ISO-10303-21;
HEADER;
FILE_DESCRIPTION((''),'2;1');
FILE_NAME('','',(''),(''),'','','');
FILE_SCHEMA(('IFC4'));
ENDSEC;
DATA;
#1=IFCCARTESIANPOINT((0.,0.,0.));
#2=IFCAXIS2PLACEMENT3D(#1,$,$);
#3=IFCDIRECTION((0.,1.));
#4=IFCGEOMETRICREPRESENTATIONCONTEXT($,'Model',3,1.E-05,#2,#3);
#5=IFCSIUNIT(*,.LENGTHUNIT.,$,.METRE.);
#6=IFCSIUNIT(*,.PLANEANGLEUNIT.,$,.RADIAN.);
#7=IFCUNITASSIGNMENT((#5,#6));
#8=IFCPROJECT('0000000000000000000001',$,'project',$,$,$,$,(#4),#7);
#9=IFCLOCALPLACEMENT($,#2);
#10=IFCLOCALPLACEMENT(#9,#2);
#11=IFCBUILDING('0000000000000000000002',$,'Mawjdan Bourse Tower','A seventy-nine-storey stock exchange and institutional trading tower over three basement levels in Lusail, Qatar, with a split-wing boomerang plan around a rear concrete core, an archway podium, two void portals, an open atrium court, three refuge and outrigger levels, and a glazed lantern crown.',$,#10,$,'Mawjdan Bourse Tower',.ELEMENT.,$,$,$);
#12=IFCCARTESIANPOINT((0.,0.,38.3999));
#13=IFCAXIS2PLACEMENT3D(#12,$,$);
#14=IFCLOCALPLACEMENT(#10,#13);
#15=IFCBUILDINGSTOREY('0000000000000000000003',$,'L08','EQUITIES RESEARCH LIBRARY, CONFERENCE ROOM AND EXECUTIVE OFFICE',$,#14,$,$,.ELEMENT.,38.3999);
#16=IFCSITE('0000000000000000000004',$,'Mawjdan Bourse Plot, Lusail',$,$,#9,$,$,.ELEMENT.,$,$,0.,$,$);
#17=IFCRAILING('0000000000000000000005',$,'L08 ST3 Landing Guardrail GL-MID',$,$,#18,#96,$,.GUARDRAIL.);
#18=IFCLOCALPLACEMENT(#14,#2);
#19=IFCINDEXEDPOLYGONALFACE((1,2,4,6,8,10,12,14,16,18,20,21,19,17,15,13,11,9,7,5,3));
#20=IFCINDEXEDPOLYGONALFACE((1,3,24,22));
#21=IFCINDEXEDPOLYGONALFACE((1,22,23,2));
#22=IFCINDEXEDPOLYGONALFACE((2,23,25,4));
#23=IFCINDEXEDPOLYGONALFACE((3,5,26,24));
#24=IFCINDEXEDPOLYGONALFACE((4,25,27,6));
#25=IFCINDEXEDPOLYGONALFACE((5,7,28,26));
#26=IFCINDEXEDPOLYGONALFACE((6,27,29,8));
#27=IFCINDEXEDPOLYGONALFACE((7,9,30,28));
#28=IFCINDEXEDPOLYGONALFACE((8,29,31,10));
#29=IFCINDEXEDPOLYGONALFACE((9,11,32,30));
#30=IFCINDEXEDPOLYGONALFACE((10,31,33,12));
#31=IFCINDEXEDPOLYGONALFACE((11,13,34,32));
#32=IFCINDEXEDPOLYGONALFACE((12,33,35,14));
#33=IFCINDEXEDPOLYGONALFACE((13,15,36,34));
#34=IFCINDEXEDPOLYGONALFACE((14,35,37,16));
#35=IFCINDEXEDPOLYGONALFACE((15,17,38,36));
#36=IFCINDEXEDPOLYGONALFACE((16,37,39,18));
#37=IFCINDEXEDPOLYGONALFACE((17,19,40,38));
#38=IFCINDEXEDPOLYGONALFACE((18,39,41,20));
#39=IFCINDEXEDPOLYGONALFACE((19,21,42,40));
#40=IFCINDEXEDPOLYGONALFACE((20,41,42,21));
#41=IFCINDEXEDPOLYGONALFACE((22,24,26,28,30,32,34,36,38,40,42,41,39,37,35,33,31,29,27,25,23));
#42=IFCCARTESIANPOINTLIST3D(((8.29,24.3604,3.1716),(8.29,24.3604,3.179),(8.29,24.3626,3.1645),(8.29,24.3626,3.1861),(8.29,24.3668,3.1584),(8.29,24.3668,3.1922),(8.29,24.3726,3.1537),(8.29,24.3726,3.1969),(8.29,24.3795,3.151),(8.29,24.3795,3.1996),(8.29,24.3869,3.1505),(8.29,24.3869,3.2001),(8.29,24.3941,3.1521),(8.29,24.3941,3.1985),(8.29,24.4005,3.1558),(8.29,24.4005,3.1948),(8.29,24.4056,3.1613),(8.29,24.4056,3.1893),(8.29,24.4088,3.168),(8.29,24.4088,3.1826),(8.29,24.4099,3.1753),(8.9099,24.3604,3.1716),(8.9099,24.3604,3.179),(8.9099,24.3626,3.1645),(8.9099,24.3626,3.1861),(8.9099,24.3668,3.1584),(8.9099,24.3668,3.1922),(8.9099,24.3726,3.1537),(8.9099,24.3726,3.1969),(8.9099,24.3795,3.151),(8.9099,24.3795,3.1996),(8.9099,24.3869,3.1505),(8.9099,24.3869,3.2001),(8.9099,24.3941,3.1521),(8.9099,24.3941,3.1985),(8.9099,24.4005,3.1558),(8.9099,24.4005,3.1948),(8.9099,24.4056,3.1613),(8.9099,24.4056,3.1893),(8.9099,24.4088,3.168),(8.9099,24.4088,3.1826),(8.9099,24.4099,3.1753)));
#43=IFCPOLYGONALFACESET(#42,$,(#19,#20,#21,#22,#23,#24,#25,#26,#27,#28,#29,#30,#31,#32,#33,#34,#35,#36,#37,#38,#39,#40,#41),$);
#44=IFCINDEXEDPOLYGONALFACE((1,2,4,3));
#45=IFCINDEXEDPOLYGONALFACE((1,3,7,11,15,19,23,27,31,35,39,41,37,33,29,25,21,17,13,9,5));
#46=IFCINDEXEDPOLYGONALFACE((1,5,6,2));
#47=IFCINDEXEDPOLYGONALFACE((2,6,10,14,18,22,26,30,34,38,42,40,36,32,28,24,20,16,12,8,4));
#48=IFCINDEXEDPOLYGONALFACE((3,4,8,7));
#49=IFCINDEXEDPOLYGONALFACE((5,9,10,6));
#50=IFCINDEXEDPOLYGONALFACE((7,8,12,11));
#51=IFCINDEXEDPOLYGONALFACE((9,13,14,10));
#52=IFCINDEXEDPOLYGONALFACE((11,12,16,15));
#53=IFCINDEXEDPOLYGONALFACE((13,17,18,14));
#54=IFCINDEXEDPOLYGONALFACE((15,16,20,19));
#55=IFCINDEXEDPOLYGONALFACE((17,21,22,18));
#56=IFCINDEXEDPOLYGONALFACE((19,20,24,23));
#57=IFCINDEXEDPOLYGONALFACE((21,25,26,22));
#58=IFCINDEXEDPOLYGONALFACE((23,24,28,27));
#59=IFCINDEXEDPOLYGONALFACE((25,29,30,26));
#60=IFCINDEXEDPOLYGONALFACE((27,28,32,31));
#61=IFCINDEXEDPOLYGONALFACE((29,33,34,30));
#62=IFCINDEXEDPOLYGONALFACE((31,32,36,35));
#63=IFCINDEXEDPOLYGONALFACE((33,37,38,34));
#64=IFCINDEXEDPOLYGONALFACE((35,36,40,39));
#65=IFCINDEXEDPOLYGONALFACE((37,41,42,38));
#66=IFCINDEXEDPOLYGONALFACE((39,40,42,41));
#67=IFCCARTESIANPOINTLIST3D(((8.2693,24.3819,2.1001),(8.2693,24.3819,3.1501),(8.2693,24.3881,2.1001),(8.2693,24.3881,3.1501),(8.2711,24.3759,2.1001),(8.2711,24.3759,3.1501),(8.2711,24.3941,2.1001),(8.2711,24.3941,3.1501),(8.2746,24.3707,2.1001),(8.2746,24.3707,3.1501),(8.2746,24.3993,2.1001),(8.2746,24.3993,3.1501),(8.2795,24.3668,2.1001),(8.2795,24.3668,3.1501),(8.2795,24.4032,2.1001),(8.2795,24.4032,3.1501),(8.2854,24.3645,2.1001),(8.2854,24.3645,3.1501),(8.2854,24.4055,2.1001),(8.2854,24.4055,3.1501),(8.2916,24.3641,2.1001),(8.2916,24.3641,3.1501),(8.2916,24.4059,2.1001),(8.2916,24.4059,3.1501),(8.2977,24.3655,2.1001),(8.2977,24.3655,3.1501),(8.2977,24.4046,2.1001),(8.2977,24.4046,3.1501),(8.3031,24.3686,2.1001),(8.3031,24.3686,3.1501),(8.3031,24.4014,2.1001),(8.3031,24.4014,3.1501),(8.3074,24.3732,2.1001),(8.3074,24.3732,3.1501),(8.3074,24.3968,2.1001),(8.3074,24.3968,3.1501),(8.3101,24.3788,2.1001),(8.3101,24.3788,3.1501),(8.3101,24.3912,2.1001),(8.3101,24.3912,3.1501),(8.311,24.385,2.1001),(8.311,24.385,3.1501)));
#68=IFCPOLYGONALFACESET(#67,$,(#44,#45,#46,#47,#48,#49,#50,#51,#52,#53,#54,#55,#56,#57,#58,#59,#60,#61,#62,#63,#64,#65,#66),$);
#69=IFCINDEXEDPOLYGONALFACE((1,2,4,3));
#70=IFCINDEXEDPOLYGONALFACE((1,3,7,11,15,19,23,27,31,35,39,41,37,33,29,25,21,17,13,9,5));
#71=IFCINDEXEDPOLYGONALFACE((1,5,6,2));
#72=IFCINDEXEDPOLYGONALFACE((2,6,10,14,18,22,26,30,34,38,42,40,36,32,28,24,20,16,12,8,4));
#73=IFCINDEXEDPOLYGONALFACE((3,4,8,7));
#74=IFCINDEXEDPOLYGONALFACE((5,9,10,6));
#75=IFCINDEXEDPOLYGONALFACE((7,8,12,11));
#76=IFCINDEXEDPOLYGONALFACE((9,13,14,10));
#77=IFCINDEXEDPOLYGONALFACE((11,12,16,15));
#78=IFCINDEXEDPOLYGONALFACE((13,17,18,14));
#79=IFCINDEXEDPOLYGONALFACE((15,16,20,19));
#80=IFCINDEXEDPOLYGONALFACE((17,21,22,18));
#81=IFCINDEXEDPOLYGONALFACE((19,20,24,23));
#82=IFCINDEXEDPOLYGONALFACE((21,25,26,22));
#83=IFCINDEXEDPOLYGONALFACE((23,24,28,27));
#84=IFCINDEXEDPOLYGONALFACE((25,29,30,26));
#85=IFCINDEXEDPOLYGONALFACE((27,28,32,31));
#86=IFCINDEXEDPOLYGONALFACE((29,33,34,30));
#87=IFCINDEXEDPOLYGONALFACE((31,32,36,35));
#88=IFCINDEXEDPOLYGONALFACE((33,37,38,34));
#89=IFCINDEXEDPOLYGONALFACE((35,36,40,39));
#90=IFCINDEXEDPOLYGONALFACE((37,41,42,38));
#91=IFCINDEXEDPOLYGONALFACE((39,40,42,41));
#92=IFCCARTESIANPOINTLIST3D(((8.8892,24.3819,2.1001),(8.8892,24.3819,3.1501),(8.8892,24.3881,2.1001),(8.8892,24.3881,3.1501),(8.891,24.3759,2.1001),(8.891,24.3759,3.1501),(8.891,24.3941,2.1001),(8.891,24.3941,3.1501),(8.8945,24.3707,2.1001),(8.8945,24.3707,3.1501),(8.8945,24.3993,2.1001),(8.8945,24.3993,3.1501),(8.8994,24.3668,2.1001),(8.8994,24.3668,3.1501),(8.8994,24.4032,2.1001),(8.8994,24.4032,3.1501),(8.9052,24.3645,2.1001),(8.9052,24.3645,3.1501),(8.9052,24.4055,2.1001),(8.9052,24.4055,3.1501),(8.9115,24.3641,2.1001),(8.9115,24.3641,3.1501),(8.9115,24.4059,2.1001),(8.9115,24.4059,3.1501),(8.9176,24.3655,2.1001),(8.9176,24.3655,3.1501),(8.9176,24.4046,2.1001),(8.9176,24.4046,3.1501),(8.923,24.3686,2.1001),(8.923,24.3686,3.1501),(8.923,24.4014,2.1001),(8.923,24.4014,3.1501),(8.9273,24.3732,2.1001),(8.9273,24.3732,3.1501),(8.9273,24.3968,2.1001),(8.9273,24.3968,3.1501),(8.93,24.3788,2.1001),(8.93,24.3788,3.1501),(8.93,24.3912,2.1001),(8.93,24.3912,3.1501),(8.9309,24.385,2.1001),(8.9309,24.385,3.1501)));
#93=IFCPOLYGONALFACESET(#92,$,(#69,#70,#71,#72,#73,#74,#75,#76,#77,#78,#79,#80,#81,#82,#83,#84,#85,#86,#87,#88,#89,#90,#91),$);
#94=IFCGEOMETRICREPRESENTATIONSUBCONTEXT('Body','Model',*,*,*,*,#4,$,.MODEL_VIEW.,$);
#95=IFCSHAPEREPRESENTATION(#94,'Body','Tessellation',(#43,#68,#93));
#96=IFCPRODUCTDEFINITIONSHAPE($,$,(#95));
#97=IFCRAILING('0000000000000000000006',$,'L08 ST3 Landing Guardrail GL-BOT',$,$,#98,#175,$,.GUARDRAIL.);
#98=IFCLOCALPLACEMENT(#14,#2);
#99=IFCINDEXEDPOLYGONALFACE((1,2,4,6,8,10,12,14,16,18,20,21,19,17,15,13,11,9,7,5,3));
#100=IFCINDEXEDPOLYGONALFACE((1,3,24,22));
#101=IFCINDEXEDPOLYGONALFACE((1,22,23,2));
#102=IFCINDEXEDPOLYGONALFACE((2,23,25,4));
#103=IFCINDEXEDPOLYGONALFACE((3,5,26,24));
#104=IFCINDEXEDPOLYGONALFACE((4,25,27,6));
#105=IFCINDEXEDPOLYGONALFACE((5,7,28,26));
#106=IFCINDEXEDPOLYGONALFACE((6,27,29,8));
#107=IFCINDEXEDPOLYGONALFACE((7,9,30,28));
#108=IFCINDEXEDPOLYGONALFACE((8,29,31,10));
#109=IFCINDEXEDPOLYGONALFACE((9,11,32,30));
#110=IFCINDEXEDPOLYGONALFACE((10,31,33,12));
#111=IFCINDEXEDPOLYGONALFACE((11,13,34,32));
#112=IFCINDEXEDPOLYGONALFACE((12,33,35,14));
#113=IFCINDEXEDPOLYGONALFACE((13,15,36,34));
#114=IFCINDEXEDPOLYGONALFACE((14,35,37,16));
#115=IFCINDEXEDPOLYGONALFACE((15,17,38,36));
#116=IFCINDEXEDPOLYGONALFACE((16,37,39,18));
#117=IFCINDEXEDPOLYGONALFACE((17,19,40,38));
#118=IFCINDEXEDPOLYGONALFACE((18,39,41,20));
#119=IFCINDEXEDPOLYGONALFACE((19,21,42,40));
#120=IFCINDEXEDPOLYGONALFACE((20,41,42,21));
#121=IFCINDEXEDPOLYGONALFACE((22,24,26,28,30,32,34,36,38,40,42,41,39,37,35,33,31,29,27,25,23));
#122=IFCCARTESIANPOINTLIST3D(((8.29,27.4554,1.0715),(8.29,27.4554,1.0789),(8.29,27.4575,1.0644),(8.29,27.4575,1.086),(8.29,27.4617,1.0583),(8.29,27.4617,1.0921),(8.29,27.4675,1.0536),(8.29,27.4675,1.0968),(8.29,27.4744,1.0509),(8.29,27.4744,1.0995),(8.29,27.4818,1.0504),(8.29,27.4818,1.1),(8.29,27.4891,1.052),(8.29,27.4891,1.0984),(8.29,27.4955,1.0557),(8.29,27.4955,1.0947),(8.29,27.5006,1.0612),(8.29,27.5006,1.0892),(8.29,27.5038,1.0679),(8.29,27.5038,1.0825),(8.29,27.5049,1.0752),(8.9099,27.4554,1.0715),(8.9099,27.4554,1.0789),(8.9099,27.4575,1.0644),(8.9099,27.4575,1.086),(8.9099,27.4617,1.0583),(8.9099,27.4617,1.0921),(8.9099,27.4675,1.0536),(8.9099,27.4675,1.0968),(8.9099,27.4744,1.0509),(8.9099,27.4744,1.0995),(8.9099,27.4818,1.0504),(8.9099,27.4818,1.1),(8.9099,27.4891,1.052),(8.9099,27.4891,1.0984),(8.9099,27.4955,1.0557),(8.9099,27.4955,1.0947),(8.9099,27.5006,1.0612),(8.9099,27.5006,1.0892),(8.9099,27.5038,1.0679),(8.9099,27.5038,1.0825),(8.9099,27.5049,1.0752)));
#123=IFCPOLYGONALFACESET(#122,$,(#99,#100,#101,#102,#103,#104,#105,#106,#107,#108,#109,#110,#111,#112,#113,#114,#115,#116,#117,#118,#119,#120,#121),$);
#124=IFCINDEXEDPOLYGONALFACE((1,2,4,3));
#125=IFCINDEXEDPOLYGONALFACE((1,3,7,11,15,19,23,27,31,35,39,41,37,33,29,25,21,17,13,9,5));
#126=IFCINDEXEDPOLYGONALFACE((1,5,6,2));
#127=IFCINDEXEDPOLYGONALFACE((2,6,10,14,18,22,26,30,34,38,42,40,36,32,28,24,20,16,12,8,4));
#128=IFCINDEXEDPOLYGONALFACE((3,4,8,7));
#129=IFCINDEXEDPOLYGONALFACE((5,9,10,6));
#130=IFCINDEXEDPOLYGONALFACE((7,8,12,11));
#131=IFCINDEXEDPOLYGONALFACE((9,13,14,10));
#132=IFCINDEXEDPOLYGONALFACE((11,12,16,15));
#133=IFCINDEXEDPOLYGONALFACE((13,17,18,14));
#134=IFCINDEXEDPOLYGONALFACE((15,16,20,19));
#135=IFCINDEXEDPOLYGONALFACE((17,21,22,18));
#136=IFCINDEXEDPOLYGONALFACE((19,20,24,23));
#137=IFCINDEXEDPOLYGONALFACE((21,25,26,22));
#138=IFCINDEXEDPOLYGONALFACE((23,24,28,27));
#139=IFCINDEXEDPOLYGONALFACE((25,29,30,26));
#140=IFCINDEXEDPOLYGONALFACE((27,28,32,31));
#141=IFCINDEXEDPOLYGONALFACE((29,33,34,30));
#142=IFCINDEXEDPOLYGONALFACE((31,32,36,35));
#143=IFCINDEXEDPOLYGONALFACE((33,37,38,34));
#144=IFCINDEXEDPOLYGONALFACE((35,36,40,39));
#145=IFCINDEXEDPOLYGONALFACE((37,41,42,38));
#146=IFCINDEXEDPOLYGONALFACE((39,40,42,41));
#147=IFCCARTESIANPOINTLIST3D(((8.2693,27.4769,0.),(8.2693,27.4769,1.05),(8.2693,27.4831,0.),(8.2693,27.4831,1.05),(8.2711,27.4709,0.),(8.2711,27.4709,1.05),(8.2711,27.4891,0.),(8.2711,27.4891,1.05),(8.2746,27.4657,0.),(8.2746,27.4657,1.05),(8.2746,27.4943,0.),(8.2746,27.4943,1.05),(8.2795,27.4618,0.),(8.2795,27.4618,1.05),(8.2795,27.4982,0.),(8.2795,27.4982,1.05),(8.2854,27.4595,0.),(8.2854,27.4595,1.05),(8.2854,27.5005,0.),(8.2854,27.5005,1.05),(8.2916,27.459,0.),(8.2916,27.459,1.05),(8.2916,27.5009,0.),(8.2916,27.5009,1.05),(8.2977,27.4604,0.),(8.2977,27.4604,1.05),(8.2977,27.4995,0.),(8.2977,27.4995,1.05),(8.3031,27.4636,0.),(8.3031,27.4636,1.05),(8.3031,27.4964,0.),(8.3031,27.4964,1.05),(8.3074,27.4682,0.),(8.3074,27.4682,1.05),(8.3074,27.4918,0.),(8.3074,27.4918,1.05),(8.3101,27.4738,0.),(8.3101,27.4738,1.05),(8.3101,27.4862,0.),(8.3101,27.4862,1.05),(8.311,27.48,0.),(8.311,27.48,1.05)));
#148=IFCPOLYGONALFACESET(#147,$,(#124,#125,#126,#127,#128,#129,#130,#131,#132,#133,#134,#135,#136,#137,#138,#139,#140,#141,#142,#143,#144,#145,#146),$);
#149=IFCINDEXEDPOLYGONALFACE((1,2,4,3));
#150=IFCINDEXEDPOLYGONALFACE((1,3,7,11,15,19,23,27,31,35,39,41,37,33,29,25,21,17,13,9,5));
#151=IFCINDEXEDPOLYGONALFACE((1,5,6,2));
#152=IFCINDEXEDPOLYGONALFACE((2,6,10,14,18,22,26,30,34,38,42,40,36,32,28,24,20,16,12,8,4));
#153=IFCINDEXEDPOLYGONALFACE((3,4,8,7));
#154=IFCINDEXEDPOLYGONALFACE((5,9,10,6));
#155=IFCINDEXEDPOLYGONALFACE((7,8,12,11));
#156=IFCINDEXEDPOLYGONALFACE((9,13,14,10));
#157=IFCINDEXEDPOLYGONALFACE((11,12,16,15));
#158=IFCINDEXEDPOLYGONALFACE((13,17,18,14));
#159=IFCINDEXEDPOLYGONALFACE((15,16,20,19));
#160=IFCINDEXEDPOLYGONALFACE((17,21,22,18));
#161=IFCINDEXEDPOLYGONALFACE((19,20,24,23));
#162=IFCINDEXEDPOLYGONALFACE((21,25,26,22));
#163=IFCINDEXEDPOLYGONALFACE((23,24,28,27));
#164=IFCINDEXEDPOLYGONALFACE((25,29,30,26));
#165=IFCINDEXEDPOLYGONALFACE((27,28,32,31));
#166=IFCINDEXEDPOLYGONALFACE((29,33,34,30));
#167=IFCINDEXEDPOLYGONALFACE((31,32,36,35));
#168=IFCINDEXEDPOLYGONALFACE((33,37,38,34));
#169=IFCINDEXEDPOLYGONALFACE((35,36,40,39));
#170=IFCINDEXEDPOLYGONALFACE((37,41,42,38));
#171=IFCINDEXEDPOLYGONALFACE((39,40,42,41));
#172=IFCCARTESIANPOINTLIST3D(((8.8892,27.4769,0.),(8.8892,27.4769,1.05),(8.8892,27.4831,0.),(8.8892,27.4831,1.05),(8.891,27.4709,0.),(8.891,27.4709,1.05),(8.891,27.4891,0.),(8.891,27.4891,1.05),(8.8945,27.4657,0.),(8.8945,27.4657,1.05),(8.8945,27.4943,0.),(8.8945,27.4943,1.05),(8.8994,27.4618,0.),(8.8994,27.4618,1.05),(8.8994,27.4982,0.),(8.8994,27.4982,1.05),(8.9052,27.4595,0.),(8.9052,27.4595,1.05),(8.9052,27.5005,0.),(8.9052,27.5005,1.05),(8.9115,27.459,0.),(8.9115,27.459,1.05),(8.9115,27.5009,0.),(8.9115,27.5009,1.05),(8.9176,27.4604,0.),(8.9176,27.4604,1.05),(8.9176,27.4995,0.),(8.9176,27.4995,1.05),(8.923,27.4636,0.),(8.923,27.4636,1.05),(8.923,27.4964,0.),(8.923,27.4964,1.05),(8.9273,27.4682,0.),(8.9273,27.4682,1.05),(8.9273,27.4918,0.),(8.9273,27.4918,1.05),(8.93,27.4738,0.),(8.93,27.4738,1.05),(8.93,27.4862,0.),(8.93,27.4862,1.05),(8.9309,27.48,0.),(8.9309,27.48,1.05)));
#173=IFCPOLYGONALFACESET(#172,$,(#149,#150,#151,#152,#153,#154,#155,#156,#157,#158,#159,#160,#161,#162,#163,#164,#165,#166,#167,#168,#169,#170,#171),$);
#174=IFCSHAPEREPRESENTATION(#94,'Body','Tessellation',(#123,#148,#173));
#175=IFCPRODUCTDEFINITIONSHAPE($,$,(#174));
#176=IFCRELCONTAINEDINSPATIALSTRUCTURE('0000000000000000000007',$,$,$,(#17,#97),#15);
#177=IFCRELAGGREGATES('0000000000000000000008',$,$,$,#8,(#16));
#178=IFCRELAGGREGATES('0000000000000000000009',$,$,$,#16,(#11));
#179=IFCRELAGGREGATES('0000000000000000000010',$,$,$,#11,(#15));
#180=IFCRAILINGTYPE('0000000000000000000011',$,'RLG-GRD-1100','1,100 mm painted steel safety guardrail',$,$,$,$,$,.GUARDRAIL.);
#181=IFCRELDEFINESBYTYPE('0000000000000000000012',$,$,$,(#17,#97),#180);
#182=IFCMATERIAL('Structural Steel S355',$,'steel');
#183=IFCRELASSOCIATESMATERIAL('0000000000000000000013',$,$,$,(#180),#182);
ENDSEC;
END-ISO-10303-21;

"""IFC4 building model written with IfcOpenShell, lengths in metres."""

from ifc_helpers import new_model, si_unit, direction, frame, origin, origin_2d, place, context, subcontext, project, spatial, circle, extrude, material, type_object, element, save


model = new_model("IFC4")

# Units and contexts
model_context = context("Model", 3, precision=1e-05, world=origin(), true_north=direction((0.0, 1.0)))
body_context = subcontext(model_context, "Body", "Model", "MODEL_VIEW")
ifc_project = project(units=[si_unit("LENGTHUNIT", "METRE"), si_unit("PLANEANGLEUNIT", "RADIAN")], contexts=[model_context])

# Site, building, storey
site_placement = place(None, origin())
site = spatial("IfcSite", under=ifc_project, at=site_placement, Name="Mawjdan Bourse Plot, Lusail", CompositionType="ELEMENT", RefElevation=0.0)
building_placement = place(site_placement, origin())
building = spatial("IfcBuilding", under=site, at=building_placement, Name="Mawjdan Bourse Tower", Description="A seventy-nine-storey stock exchange and institutional trading tower over three basement levels in Lusail, Qatar, with a split-wing boomerang plan around a rear concrete core, an archway podium, two void portals, an open atrium court, three refuge and outrigger levels, and a glazed lantern crown.", LongName="Mawjdan Bourse Tower", CompositionType="ELEMENT")
storey_placement = place(building_placement, frame((0.0, 0.0, 38.3999)))
storey = spatial("IfcBuildingStorey", under=building, at=storey_placement, Name="L08", Description="EQUITIES RESEARCH LIBRARY, CONFERENCE ROOM AND EXECUTIVE OFFICE", CompositionType="ELEMENT", Elevation=38.3999)

# Shared definitions
ifc_material_1 = material(Name="Structural Steel S355", Category="steel")

# Railings
railing_type_1 = type_object("IfcRailingType", Name="RLG-GRD-1100", Description="1,100 mm painted steel safety guardrail", PredefinedType="GUARDRAIL", material=ifc_material_1)
for number, where, name in (
    (1, (8.29, 24.385, 2.1001), "L08 ST3 Landing Guardrail GL-MID"),
    (2, (8.29, 27.48, 0.0), "L08 ST3 Landing Guardrail GL-BOT"),
):
    element("IfcRailing", number, at=place(storey_placement, frame(where)), inside=storey, type_object=railing_type_1, Name=name, PredefinedType="GUARDRAIL", context=body_context, shape_type="SweptSolid", body=[
        extrude(circle(Radius=0.0249, at=origin_2d()), frame((0.0, 0.0, 1.0752), z_axis=(1.0, 0.0, 0.0), x_axis=(0.0, 1.0, 0.0)), (0.0, 0.0, 1.0), 0.6199),
        extrude(circle(Radius=0.021, at=origin_2d()), origin(), (0.0, 0.0, 1.0), 1.05),
        extrude(circle(Radius=0.021, at=origin_2d()), frame((0.6199, 0.0, 0.0)), (0.0, 0.0, 1.0), 1.05),
    ])

save(model, "model.ifc")
